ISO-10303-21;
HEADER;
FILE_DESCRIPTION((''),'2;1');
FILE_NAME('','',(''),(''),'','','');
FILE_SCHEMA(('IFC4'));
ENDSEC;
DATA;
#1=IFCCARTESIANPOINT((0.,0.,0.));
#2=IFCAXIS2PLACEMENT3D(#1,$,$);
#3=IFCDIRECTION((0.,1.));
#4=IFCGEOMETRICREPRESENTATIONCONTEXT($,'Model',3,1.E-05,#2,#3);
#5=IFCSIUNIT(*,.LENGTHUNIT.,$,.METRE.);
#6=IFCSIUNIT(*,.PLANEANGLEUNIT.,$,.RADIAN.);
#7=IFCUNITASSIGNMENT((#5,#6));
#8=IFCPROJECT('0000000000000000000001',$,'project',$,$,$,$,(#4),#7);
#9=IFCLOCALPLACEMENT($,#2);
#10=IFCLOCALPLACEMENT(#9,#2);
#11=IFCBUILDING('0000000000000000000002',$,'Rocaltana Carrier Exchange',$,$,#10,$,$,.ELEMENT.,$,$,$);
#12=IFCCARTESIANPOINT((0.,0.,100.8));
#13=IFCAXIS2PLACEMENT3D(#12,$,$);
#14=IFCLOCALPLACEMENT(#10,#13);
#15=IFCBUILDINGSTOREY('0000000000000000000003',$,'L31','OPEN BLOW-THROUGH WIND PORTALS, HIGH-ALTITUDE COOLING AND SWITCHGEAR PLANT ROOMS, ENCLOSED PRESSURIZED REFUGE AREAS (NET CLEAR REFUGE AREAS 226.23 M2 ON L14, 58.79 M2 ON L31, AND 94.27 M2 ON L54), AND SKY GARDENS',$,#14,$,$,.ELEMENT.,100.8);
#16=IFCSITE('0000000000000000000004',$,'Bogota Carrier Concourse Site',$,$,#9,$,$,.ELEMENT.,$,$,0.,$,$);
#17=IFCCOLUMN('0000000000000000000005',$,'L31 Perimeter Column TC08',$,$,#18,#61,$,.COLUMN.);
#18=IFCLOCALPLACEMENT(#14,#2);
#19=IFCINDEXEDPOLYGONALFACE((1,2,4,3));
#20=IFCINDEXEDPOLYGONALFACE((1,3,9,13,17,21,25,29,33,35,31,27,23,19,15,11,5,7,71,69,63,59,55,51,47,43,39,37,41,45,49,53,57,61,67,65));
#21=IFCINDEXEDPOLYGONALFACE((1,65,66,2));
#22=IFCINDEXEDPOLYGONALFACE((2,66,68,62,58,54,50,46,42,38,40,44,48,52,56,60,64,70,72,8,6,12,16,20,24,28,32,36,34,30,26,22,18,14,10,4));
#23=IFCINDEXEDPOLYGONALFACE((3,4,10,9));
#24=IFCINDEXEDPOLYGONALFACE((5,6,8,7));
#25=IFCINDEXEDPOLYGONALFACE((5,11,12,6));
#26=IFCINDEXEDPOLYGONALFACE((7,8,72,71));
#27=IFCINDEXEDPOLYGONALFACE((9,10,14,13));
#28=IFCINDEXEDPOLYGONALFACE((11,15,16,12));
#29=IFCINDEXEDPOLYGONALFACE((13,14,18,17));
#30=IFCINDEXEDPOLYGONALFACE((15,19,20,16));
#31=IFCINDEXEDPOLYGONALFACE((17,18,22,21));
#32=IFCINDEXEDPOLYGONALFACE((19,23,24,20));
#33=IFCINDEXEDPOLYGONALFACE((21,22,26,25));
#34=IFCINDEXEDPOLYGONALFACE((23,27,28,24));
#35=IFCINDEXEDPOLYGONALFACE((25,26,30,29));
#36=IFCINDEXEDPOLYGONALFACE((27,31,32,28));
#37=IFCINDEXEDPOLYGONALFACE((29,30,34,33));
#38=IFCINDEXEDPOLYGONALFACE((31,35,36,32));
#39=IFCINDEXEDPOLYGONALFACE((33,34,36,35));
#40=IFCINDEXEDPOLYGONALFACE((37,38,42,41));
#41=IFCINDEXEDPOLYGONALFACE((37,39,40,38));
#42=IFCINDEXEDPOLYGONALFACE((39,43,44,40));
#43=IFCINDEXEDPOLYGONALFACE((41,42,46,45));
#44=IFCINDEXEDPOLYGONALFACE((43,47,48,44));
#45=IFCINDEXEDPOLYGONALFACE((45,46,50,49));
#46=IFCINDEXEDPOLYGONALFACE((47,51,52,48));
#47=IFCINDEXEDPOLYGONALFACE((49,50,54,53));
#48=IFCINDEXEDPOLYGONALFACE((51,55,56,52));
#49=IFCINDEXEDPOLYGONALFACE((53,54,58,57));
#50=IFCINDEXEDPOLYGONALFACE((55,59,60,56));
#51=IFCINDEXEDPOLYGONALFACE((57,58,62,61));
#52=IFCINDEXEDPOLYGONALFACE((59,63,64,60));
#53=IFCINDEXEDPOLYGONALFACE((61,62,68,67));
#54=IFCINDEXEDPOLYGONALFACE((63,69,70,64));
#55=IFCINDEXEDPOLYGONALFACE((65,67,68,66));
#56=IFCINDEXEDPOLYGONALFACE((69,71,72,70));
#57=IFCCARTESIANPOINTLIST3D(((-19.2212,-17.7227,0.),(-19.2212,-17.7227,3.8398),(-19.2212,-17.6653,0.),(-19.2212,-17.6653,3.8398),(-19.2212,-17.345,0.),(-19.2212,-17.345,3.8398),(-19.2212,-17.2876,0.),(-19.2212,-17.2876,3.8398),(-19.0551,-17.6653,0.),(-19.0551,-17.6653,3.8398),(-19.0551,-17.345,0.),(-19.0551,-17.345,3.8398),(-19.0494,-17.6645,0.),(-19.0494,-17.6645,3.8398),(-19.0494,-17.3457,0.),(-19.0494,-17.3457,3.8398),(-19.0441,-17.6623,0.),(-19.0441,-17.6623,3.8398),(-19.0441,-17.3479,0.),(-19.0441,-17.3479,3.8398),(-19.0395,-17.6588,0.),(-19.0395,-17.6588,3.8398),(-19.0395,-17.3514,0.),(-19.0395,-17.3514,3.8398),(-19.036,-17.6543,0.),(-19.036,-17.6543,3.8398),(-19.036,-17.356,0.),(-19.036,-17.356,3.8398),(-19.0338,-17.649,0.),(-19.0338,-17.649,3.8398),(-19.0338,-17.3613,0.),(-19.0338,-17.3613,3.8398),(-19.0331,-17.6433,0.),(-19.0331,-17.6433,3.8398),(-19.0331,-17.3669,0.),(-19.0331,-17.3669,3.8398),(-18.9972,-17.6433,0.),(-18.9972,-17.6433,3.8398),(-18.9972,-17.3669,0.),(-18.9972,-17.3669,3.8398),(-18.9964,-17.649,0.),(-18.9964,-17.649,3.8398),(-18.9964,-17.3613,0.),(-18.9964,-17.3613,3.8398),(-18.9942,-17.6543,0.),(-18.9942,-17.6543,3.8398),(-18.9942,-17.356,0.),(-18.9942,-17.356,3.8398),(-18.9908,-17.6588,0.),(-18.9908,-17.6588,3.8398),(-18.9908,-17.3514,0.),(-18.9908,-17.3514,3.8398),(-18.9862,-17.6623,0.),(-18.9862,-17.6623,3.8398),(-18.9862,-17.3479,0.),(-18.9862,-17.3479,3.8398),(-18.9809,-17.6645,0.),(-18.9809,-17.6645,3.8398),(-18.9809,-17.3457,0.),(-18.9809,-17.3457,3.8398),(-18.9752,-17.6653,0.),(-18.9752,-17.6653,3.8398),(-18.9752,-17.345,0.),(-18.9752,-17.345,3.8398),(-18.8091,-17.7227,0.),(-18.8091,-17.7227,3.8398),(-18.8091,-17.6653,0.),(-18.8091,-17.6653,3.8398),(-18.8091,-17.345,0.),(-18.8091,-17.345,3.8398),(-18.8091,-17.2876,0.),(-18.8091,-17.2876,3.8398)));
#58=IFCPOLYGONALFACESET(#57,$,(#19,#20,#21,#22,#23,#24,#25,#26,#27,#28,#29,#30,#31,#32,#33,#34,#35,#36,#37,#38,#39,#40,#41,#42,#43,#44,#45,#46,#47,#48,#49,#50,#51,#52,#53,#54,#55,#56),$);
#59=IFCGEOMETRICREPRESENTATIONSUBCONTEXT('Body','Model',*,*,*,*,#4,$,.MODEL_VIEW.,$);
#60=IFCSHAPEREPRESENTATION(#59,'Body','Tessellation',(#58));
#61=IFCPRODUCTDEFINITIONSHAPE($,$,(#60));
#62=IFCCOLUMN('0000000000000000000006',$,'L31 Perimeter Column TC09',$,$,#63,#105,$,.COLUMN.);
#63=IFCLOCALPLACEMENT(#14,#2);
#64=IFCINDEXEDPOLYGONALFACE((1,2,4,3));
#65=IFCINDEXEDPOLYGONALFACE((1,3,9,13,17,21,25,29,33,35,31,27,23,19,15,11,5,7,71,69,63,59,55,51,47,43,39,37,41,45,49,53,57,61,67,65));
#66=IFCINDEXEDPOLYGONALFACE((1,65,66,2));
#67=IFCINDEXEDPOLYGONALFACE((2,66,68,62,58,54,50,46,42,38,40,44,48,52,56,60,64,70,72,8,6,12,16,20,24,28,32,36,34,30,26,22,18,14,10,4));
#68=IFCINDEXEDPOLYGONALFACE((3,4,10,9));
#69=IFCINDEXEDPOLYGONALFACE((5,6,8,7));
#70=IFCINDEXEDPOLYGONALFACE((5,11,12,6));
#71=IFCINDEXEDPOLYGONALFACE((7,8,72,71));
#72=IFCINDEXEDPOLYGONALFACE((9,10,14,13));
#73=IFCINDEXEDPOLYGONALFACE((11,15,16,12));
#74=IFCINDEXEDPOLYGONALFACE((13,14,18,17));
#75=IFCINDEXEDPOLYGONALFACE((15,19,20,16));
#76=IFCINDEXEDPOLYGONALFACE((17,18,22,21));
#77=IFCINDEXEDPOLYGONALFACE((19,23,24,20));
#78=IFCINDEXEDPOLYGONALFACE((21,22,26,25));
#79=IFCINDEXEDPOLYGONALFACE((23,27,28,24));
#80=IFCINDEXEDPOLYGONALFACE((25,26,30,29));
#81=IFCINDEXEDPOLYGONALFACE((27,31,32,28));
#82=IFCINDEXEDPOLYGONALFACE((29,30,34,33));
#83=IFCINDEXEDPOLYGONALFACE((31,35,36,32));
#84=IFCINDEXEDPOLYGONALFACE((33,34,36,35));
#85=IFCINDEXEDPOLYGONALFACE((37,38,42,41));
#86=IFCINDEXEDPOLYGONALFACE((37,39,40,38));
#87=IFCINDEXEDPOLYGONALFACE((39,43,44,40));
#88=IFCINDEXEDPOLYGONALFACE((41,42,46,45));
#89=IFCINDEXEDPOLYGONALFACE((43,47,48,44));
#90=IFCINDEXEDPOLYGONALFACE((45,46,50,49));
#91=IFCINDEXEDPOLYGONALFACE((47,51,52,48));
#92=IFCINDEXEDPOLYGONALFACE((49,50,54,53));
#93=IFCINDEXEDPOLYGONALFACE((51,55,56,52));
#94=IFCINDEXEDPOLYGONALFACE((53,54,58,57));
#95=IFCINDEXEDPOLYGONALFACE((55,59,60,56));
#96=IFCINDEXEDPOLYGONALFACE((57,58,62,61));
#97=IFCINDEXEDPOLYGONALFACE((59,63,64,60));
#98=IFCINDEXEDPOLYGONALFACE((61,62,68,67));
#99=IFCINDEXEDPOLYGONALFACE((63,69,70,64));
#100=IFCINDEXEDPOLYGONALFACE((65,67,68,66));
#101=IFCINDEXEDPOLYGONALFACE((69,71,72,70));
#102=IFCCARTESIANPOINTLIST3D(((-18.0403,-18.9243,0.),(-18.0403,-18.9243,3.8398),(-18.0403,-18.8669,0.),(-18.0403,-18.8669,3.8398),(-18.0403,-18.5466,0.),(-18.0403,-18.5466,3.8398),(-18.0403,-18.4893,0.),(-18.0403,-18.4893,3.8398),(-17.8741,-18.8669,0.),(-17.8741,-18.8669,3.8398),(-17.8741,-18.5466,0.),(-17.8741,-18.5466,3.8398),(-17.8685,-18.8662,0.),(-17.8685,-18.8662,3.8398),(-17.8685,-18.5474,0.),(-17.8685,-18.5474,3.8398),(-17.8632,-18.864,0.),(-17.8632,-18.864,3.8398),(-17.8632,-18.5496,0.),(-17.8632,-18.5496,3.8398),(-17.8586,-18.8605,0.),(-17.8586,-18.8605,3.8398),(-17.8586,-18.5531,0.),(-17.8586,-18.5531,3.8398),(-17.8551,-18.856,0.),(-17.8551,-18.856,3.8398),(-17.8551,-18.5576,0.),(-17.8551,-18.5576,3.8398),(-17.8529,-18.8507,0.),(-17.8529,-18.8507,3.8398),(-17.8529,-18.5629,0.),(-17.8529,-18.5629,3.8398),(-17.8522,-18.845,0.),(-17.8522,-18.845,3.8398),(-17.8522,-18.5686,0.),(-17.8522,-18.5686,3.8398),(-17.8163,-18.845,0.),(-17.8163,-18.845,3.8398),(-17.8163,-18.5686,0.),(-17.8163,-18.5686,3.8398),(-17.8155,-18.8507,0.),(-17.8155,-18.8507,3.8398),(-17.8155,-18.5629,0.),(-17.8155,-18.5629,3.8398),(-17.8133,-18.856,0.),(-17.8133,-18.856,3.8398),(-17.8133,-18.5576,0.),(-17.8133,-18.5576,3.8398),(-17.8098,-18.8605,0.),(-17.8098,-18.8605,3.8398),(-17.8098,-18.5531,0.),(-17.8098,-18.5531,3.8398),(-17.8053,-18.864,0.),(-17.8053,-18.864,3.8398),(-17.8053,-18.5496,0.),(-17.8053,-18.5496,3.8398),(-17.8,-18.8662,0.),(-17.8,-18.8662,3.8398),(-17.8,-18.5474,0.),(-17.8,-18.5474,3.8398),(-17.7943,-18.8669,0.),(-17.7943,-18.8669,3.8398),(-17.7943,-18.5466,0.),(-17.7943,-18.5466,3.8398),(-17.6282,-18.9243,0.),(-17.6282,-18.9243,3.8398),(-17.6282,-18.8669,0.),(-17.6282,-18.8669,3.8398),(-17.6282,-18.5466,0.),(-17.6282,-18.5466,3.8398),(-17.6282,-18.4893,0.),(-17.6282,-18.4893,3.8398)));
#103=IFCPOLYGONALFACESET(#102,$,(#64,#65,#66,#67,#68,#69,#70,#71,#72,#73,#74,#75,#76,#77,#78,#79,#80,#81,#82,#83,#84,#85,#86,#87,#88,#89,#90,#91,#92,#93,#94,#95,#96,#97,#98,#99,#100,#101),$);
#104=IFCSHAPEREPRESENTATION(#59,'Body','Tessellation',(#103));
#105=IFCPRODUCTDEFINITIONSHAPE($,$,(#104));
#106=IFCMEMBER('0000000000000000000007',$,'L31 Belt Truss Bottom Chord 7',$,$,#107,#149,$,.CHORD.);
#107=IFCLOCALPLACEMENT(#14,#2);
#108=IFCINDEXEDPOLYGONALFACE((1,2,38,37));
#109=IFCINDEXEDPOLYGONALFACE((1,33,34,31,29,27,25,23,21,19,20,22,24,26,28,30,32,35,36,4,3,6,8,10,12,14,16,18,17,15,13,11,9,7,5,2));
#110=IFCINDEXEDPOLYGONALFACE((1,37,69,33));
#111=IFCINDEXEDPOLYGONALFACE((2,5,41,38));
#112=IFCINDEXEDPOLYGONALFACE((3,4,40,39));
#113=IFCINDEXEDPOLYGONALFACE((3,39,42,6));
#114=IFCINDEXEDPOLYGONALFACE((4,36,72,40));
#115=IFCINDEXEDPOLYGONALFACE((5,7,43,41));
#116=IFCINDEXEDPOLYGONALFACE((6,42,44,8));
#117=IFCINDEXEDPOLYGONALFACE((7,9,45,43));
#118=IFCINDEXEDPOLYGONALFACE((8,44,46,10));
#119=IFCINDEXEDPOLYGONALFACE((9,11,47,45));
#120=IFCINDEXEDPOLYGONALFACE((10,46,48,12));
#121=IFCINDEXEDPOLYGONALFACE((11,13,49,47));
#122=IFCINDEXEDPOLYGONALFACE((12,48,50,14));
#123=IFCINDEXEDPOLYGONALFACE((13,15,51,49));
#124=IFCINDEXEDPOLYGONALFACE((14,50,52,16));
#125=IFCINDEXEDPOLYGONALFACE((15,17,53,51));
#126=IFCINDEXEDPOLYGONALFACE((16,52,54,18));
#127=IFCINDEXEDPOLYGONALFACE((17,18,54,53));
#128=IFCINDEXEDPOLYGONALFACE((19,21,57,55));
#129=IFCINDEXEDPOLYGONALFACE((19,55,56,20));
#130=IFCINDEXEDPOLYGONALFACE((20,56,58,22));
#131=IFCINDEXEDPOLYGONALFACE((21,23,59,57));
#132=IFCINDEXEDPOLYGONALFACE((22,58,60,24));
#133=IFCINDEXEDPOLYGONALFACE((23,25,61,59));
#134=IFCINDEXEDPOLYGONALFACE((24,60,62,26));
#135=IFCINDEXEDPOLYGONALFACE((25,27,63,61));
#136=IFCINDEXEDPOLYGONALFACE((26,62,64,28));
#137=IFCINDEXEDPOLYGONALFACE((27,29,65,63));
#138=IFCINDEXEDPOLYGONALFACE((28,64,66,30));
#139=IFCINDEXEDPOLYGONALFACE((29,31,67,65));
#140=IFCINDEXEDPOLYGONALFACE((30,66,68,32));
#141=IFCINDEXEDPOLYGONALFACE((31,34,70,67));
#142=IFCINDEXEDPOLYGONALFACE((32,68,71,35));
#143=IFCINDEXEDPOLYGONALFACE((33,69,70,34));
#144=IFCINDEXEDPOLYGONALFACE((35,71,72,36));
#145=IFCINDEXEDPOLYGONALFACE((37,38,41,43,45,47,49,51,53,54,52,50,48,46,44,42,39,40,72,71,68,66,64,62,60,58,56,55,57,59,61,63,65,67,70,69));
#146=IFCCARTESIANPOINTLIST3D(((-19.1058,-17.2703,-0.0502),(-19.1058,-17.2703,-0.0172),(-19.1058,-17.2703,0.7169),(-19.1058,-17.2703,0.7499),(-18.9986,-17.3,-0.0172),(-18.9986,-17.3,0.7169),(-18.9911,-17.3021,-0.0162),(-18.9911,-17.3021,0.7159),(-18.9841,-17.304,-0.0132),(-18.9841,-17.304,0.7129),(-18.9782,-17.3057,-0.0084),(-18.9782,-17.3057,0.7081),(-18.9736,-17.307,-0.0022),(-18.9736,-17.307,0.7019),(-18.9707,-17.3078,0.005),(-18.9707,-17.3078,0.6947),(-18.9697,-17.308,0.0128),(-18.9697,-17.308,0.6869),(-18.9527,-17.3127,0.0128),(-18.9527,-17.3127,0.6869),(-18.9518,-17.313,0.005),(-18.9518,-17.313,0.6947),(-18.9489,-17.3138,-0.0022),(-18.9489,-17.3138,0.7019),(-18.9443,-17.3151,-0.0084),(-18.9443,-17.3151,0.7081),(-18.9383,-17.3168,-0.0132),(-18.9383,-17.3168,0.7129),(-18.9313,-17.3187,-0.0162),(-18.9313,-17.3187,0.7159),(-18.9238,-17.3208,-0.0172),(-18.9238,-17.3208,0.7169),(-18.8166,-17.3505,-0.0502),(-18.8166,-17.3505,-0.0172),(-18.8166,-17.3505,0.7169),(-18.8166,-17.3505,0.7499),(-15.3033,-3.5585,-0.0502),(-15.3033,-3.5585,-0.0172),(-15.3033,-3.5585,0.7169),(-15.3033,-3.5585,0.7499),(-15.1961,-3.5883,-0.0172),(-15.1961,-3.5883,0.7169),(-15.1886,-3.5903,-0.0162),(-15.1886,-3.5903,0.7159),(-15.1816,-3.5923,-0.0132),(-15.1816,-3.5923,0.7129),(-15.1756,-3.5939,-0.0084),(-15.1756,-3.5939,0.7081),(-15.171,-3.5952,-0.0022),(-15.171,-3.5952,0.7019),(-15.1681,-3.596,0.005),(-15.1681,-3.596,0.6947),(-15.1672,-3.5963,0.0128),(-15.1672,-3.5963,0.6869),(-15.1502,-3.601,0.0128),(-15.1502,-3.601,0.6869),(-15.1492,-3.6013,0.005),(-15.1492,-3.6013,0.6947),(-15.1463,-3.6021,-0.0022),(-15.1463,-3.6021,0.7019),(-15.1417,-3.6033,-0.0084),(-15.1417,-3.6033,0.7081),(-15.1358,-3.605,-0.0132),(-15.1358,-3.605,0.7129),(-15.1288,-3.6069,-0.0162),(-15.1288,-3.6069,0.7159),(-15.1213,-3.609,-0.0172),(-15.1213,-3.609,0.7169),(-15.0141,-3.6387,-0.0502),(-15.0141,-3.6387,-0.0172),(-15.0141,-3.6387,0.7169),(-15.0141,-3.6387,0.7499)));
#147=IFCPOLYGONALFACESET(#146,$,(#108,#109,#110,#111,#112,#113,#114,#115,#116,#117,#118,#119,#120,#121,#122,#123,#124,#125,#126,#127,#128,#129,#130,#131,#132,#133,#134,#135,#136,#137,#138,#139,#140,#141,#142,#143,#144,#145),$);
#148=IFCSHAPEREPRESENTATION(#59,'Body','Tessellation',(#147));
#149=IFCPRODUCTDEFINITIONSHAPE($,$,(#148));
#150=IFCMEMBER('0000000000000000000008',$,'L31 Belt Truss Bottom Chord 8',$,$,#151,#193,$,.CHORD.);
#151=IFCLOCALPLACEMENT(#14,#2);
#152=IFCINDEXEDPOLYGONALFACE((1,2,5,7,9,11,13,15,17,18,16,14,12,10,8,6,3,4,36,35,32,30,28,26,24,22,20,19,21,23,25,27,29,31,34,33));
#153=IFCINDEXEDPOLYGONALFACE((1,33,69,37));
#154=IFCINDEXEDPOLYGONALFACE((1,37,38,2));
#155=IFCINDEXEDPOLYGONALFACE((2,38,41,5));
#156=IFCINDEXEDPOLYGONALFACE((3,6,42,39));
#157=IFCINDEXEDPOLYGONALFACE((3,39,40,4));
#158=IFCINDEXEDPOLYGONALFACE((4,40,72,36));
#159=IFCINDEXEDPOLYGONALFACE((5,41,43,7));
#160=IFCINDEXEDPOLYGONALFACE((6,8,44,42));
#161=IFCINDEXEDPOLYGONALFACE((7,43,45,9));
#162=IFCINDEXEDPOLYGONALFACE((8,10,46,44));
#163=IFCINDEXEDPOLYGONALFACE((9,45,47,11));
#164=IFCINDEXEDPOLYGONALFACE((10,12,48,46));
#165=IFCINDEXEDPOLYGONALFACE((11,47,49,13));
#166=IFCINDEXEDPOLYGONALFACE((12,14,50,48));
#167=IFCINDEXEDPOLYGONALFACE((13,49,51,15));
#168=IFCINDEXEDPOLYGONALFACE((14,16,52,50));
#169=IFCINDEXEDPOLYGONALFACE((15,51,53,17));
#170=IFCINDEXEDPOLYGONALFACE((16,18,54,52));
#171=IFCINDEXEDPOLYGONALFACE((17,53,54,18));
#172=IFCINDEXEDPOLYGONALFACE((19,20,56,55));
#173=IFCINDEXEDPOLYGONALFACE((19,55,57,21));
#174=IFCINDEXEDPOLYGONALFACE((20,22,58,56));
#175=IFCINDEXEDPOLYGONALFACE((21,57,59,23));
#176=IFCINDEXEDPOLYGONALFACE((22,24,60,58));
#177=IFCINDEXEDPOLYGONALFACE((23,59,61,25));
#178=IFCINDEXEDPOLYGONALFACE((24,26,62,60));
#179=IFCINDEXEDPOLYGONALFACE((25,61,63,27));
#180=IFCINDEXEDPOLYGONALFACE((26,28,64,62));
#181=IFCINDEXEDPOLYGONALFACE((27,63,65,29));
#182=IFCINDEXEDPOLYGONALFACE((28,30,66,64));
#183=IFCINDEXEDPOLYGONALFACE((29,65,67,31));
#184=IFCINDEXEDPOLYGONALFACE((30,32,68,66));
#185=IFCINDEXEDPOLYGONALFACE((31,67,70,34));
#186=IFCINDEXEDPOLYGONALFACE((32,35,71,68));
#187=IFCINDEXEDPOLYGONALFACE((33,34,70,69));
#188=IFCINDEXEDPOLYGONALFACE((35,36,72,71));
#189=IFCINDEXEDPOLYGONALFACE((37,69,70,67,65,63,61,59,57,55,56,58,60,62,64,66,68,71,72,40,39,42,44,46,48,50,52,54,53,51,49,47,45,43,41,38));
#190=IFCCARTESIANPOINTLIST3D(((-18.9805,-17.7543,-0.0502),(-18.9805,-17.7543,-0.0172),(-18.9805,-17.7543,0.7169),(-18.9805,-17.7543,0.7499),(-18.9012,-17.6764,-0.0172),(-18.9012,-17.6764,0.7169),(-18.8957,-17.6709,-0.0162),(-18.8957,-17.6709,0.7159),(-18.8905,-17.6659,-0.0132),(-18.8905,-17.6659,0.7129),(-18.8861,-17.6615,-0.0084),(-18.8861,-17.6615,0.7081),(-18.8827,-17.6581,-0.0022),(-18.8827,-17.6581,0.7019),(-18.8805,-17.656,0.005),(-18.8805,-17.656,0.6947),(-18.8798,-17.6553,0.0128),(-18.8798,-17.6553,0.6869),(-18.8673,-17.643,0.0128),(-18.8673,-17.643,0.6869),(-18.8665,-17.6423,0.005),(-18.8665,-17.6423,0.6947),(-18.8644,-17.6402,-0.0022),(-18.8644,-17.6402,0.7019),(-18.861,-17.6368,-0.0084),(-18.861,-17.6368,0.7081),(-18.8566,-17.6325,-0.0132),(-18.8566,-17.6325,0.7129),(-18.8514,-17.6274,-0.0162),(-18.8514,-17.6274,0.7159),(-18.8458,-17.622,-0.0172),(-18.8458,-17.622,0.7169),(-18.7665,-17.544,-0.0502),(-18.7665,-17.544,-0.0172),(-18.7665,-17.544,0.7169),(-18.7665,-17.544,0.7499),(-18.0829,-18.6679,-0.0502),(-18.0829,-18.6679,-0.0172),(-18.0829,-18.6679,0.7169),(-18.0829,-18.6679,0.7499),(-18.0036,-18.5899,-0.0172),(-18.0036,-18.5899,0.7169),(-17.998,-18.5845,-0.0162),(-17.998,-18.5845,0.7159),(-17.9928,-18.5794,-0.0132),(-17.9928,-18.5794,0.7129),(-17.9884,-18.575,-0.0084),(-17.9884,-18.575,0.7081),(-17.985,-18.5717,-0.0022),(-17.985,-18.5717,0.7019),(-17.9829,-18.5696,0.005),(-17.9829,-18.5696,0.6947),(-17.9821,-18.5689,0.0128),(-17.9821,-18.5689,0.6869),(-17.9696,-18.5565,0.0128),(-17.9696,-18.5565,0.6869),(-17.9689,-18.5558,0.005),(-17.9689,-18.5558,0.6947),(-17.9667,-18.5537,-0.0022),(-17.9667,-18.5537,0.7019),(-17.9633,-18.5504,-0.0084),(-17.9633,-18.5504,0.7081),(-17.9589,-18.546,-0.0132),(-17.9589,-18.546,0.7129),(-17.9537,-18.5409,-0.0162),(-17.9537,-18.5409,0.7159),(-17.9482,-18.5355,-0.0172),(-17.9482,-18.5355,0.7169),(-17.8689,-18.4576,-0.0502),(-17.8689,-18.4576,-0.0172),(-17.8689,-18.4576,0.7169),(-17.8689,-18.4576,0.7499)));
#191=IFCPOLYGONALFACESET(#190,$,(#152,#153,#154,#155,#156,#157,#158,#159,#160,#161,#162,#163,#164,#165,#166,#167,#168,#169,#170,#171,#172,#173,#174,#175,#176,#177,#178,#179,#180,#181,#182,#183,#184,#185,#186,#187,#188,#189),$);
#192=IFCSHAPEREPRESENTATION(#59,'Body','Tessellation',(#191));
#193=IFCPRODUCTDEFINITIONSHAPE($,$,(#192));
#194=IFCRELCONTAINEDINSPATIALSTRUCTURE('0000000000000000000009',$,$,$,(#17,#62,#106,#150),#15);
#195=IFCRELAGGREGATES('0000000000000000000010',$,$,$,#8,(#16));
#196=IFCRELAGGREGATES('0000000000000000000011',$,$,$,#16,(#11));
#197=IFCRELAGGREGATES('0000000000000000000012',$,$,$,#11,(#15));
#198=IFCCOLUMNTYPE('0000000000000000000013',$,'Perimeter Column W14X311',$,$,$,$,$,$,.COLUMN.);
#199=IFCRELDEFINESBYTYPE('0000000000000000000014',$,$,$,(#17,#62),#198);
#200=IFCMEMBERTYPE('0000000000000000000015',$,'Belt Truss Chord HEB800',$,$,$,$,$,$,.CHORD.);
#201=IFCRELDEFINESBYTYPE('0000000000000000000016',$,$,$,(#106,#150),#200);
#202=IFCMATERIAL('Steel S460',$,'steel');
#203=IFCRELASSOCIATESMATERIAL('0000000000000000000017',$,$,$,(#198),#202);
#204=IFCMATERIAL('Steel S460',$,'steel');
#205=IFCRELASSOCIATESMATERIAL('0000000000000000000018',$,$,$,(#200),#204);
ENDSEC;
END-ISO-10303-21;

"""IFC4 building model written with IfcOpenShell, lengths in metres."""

from ifc_helpers import new_model, si_unit, direction, frame, origin, origin_2d, place, context, subcontext, project, spatial, i_section, extrude, material, material_profile, profile_set, type_object, element, save


model = new_model("IFC4")

# Units and contexts
model_context = context("Model", 3, precision=1e-05, world=origin(), true_north=direction((0.0, 1.0)))
body_context = subcontext(model_context, "Body", "Model", "MODEL_VIEW")
ifc_project = project(units=[si_unit("LENGTHUNIT", "METRE"), si_unit("PLANEANGLEUNIT", "RADIAN")], contexts=[model_context])

# Site, building, storey
site_placement = place(None, origin())
site = spatial("IfcSite", under=ifc_project, at=site_placement, Name="Bogota Carrier Concourse Site", CompositionType="ELEMENT", RefElevation=0.0)
building_placement = place(site_placement, origin())
building = spatial("IfcBuilding", under=site, at=building_placement, Name="Rocaltana Carrier Exchange", CompositionType="ELEMENT")
storey_placement = place(building_placement, frame((0.0, 0.0, 100.8)))
storey = spatial("IfcBuildingStorey", under=building, at=storey_placement, Name="L31", Description="OPEN BLOW-THROUGH WIND PORTALS, HIGH-ALTITUDE COOLING AND SWITCHGEAR PLANT ROOMS, ENCLOSED PRESSURIZED REFUGE AREAS (NET CLEAR REFUGE AREAS 226.23 M2 ON L14, 58.79 M2 ON L31, AND 94.27 M2 ON L54), AND SKY GARDENS", CompositionType="ELEMENT", Elevation=100.8)

# Columns
ifc_material_1 = material(Name="Steel S460", Category="steel")
ifc_material_profile_1 = material_profile(ifc_material_1, i_section(OverallWidth=0.4121, OverallDepth=0.4351, WebThickness=0.0359, FlangeThickness=0.0574, FilletRadius=0.022, at=origin_2d()), Name="W14X311")
ifc_profile_set_1 = profile_set([ifc_material_profile_1], Name="Steel S460")
column_type = type_object("IfcColumnType", Name="Perimeter Column W14X311", PredefinedType="COLUMN", material=ifc_profile_set_1)
for number, where, z_axis, x_axis, name in (
    (1, (-19.0151, -17.5051, 0.0), (0.0, 0.0, 1.0), (1.0, 0.0, 0.0), "L31 Perimeter Column TC08"),
    (2, (-17.8342, -18.7068, 0.0), (0.0, 0.0, 1.0), (1.0, 0.0, 0.0), "L31 Perimeter Column TC09"),
):
    element("IfcColumn", number, at=place(storey_placement, frame(where, z_axis=z_axis, x_axis=x_axis)), inside=storey, type_object=column_type, Name=name, PredefinedType="COLUMN", context=body_context, shape_type="SweptSolid", body=[
        extrude(i_section(OverallWidth=0.4121, OverallDepth=0.4351, WebThickness=0.0359, FlangeThickness=0.0574, FilletRadius=0.022, at=origin_2d()), origin(), (0.0, 0.0, 1.0), 3.8398),
    ])

# Members
ifc_material_2 = material(Name="Steel S460", Category="steel")
ifc_material_profile_2 = material_profile(ifc_material_2, i_section(OverallWidth=0.3, OverallDepth=0.8, WebThickness=0.0176, FlangeThickness=0.033, FilletRadius=0.03, at=origin_2d()), Name="HEB800")
ifc_profile_set_2 = profile_set([ifc_material_profile_2], Name="Steel S460")
member_type_1 = type_object("IfcMemberType", Name="Belt Truss Chord HEB800", PredefinedType="CHORD", material=ifc_profile_set_2)
member_1_placement = place(storey_placement, frame((-15.1587, -3.5986, 0.3499), z_axis=(-0.267232, -0.963632, 0.0), x_axis=(0.963632, -0.267232, 0.0)))
element("IfcMember", 3, at=member_1_placement, inside=storey, type_object=member_type_1, Name="L31 Belt Truss Bottom Chord 7", PredefinedType="CHORD", context=body_context, shape_type="SweptSolid", body=[
    extrude(i_section(OverallWidth=0.3, OverallDepth=0.8, WebThickness=0.0176, FlangeThickness=0.033, FilletRadius=0.03, at=origin_2d()), origin(), (0.0, 0.0, 1.0), 14.2292),
])
member_2_placement = place(storey_placement, frame((-18.8735, -17.6492, 0.3499), z_axis=(0.700885, -0.713275, 0.0), x_axis=(0.713275, 0.700885, 0.0)))
element("IfcMember", 4, at=member_2_placement, inside=storey, type_object=member_type_1, Name="L31 Belt Truss Bottom Chord 8", PredefinedType="CHORD", context=body_context, shape_type="SweptSolid", body=[
    extrude(i_section(OverallWidth=0.3, OverallDepth=0.8, WebThickness=0.0176, FlangeThickness=0.033, FilletRadius=0.03, at=origin_2d()), origin(), (0.0, 0.0, 1.0), 1.2808),
])

save(model, "model.ifc")
